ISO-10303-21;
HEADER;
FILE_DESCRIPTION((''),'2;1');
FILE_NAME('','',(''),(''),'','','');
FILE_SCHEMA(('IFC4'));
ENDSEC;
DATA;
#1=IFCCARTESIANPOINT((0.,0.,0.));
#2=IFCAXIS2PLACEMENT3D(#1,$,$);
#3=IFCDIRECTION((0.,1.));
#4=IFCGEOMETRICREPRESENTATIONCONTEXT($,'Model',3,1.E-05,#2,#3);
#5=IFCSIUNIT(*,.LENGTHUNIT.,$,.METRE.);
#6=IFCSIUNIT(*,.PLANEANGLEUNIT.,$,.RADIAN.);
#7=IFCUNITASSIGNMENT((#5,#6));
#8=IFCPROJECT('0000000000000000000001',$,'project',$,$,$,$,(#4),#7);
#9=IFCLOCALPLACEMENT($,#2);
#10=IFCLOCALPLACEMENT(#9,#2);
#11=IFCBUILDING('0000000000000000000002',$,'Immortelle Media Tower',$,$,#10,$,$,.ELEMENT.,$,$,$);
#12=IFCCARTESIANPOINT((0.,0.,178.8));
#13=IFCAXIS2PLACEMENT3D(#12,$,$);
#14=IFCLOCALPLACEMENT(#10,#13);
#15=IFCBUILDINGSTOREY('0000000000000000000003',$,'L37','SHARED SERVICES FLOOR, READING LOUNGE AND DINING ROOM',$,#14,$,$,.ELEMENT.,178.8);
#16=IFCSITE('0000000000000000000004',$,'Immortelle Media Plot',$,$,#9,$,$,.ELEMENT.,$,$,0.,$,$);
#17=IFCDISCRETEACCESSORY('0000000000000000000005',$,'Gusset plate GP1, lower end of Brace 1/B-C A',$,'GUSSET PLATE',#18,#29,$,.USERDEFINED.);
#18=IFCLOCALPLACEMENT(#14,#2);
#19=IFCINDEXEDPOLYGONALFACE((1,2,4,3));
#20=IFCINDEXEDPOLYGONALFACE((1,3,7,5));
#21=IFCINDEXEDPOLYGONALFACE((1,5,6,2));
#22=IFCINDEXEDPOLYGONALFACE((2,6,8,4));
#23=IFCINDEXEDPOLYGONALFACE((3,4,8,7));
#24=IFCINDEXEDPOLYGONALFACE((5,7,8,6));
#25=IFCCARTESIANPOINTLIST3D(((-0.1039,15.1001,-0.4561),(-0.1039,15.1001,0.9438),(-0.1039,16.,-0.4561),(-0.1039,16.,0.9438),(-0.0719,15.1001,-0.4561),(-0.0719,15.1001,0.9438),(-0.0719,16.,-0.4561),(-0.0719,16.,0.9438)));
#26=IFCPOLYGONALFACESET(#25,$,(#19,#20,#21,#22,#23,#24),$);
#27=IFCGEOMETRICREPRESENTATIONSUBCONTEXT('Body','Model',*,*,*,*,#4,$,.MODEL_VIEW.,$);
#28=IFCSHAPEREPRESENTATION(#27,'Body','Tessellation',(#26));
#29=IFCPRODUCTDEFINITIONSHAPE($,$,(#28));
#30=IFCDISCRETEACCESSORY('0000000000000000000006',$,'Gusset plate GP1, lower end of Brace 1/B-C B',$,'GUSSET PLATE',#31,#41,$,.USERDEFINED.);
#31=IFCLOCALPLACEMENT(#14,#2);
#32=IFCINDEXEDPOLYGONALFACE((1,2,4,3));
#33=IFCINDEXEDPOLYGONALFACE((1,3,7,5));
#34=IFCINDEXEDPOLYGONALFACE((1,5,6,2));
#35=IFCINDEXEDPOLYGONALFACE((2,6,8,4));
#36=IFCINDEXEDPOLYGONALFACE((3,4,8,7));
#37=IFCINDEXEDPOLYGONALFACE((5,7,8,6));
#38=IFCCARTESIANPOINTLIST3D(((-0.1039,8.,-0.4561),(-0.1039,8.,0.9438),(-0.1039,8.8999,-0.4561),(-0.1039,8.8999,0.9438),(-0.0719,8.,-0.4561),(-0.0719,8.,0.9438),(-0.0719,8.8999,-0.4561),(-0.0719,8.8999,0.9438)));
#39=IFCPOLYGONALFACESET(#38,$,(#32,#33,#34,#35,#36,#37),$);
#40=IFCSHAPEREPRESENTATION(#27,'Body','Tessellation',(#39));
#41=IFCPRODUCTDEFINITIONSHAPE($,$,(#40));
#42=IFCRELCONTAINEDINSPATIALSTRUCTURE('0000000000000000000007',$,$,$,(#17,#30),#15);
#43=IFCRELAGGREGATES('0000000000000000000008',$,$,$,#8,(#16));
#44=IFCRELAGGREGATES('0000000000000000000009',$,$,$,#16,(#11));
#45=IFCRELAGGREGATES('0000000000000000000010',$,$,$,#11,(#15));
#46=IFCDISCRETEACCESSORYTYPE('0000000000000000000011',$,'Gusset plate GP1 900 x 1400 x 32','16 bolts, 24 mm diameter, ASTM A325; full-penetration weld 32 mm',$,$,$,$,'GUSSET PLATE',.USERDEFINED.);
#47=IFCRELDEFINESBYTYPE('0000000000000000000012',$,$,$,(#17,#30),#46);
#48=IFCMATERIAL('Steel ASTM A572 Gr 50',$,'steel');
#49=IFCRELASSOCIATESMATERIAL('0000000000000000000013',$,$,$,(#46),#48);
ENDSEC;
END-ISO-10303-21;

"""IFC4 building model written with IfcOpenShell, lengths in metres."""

from ifc_helpers import new_model, si_unit, direction, frame, origin, origin_2d, place, context, subcontext, project, spatial, rectangle, extrude, material, material_profile, profile_set, type_object, element, save


model = new_model("IFC4")

# Units and contexts
model_context = context("Model", 3, precision=1e-05, world=origin(), true_north=direction((0.0, 1.0)))
body_context = subcontext(model_context, "Body", "Model", "MODEL_VIEW")
ifc_project = project(units=[si_unit("LENGTHUNIT", "METRE"), si_unit("PLANEANGLEUNIT", "RADIAN")], contexts=[model_context])

# Site, building, storey
site_placement = place(None, origin())
site = spatial("IfcSite", under=ifc_project, at=site_placement, Name="Immortelle Media Plot", CompositionType="ELEMENT", RefElevation=0.0)
building_placement = place(site_placement, origin())
building = spatial("IfcBuilding", under=site, at=building_placement, Name="Immortelle Media Tower", CompositionType="ELEMENT")
storey_placement = place(building_placement, frame((0.0, 0.0, 178.8)))
storey = spatial("IfcBuildingStorey", under=building, at=storey_placement, Name="L37", Description="SHARED SERVICES FLOOR, READING LOUNGE AND DINING ROOM", CompositionType="ELEMENT", Elevation=178.8)

# Discrete accessories
ifc_material_1 = material(Name="Steel ASTM A572 Gr 50", Category="steel")
ifc_material_profile_1 = material_profile(ifc_material_1, rectangle(XDim=0.032, YDim=1.3999, at=origin_2d()), Name="PL 32 x 1400")
ifc_profile_set_1 = profile_set([ifc_material_profile_1], Name="Steel ASTM A572 Gr 50")
discrete_accessory_type_1 = type_object("IfcDiscreteAccessoryType", Name="Gusset plate GP1 900 x 1400 x 32", Description="16 bolts, 24 mm diameter, ASTM A325; full-penetration weld 32 mm", ElementType="GUSSET PLATE", PredefinedType="USERDEFINED", material=ifc_profile_set_1)
for number, where, z_axis, x_axis, name in (
    (1, (-0.0879, 16.0, 0.2439), (0.0, -1.0, 0.0), (1.0, 0.0, 0.0), "Gusset plate GP1, lower end of Brace 1/B-C A"),
    (2, (-0.0879, 8.0, 0.2439), (0.0, 1.0, 0.0), (-1.0, 0.0, 0.0), "Gusset plate GP1, lower end of Brace 1/B-C B"),
):
    element("IfcDiscreteAccessory", number, at=place(storey_placement, frame(where, z_axis=z_axis, x_axis=x_axis)), inside=storey, type_object=discrete_accessory_type_1, Name=name, ObjectType="GUSSET PLATE", PredefinedType="USERDEFINED", context=body_context, shape_type="SweptSolid", body=[
        extrude(rectangle(XDim=0.032, YDim=1.3999, at=origin_2d()), origin(), (0.0, 0.0, 1.0), 0.8999),
    ])

save(model, "model.ifc")
